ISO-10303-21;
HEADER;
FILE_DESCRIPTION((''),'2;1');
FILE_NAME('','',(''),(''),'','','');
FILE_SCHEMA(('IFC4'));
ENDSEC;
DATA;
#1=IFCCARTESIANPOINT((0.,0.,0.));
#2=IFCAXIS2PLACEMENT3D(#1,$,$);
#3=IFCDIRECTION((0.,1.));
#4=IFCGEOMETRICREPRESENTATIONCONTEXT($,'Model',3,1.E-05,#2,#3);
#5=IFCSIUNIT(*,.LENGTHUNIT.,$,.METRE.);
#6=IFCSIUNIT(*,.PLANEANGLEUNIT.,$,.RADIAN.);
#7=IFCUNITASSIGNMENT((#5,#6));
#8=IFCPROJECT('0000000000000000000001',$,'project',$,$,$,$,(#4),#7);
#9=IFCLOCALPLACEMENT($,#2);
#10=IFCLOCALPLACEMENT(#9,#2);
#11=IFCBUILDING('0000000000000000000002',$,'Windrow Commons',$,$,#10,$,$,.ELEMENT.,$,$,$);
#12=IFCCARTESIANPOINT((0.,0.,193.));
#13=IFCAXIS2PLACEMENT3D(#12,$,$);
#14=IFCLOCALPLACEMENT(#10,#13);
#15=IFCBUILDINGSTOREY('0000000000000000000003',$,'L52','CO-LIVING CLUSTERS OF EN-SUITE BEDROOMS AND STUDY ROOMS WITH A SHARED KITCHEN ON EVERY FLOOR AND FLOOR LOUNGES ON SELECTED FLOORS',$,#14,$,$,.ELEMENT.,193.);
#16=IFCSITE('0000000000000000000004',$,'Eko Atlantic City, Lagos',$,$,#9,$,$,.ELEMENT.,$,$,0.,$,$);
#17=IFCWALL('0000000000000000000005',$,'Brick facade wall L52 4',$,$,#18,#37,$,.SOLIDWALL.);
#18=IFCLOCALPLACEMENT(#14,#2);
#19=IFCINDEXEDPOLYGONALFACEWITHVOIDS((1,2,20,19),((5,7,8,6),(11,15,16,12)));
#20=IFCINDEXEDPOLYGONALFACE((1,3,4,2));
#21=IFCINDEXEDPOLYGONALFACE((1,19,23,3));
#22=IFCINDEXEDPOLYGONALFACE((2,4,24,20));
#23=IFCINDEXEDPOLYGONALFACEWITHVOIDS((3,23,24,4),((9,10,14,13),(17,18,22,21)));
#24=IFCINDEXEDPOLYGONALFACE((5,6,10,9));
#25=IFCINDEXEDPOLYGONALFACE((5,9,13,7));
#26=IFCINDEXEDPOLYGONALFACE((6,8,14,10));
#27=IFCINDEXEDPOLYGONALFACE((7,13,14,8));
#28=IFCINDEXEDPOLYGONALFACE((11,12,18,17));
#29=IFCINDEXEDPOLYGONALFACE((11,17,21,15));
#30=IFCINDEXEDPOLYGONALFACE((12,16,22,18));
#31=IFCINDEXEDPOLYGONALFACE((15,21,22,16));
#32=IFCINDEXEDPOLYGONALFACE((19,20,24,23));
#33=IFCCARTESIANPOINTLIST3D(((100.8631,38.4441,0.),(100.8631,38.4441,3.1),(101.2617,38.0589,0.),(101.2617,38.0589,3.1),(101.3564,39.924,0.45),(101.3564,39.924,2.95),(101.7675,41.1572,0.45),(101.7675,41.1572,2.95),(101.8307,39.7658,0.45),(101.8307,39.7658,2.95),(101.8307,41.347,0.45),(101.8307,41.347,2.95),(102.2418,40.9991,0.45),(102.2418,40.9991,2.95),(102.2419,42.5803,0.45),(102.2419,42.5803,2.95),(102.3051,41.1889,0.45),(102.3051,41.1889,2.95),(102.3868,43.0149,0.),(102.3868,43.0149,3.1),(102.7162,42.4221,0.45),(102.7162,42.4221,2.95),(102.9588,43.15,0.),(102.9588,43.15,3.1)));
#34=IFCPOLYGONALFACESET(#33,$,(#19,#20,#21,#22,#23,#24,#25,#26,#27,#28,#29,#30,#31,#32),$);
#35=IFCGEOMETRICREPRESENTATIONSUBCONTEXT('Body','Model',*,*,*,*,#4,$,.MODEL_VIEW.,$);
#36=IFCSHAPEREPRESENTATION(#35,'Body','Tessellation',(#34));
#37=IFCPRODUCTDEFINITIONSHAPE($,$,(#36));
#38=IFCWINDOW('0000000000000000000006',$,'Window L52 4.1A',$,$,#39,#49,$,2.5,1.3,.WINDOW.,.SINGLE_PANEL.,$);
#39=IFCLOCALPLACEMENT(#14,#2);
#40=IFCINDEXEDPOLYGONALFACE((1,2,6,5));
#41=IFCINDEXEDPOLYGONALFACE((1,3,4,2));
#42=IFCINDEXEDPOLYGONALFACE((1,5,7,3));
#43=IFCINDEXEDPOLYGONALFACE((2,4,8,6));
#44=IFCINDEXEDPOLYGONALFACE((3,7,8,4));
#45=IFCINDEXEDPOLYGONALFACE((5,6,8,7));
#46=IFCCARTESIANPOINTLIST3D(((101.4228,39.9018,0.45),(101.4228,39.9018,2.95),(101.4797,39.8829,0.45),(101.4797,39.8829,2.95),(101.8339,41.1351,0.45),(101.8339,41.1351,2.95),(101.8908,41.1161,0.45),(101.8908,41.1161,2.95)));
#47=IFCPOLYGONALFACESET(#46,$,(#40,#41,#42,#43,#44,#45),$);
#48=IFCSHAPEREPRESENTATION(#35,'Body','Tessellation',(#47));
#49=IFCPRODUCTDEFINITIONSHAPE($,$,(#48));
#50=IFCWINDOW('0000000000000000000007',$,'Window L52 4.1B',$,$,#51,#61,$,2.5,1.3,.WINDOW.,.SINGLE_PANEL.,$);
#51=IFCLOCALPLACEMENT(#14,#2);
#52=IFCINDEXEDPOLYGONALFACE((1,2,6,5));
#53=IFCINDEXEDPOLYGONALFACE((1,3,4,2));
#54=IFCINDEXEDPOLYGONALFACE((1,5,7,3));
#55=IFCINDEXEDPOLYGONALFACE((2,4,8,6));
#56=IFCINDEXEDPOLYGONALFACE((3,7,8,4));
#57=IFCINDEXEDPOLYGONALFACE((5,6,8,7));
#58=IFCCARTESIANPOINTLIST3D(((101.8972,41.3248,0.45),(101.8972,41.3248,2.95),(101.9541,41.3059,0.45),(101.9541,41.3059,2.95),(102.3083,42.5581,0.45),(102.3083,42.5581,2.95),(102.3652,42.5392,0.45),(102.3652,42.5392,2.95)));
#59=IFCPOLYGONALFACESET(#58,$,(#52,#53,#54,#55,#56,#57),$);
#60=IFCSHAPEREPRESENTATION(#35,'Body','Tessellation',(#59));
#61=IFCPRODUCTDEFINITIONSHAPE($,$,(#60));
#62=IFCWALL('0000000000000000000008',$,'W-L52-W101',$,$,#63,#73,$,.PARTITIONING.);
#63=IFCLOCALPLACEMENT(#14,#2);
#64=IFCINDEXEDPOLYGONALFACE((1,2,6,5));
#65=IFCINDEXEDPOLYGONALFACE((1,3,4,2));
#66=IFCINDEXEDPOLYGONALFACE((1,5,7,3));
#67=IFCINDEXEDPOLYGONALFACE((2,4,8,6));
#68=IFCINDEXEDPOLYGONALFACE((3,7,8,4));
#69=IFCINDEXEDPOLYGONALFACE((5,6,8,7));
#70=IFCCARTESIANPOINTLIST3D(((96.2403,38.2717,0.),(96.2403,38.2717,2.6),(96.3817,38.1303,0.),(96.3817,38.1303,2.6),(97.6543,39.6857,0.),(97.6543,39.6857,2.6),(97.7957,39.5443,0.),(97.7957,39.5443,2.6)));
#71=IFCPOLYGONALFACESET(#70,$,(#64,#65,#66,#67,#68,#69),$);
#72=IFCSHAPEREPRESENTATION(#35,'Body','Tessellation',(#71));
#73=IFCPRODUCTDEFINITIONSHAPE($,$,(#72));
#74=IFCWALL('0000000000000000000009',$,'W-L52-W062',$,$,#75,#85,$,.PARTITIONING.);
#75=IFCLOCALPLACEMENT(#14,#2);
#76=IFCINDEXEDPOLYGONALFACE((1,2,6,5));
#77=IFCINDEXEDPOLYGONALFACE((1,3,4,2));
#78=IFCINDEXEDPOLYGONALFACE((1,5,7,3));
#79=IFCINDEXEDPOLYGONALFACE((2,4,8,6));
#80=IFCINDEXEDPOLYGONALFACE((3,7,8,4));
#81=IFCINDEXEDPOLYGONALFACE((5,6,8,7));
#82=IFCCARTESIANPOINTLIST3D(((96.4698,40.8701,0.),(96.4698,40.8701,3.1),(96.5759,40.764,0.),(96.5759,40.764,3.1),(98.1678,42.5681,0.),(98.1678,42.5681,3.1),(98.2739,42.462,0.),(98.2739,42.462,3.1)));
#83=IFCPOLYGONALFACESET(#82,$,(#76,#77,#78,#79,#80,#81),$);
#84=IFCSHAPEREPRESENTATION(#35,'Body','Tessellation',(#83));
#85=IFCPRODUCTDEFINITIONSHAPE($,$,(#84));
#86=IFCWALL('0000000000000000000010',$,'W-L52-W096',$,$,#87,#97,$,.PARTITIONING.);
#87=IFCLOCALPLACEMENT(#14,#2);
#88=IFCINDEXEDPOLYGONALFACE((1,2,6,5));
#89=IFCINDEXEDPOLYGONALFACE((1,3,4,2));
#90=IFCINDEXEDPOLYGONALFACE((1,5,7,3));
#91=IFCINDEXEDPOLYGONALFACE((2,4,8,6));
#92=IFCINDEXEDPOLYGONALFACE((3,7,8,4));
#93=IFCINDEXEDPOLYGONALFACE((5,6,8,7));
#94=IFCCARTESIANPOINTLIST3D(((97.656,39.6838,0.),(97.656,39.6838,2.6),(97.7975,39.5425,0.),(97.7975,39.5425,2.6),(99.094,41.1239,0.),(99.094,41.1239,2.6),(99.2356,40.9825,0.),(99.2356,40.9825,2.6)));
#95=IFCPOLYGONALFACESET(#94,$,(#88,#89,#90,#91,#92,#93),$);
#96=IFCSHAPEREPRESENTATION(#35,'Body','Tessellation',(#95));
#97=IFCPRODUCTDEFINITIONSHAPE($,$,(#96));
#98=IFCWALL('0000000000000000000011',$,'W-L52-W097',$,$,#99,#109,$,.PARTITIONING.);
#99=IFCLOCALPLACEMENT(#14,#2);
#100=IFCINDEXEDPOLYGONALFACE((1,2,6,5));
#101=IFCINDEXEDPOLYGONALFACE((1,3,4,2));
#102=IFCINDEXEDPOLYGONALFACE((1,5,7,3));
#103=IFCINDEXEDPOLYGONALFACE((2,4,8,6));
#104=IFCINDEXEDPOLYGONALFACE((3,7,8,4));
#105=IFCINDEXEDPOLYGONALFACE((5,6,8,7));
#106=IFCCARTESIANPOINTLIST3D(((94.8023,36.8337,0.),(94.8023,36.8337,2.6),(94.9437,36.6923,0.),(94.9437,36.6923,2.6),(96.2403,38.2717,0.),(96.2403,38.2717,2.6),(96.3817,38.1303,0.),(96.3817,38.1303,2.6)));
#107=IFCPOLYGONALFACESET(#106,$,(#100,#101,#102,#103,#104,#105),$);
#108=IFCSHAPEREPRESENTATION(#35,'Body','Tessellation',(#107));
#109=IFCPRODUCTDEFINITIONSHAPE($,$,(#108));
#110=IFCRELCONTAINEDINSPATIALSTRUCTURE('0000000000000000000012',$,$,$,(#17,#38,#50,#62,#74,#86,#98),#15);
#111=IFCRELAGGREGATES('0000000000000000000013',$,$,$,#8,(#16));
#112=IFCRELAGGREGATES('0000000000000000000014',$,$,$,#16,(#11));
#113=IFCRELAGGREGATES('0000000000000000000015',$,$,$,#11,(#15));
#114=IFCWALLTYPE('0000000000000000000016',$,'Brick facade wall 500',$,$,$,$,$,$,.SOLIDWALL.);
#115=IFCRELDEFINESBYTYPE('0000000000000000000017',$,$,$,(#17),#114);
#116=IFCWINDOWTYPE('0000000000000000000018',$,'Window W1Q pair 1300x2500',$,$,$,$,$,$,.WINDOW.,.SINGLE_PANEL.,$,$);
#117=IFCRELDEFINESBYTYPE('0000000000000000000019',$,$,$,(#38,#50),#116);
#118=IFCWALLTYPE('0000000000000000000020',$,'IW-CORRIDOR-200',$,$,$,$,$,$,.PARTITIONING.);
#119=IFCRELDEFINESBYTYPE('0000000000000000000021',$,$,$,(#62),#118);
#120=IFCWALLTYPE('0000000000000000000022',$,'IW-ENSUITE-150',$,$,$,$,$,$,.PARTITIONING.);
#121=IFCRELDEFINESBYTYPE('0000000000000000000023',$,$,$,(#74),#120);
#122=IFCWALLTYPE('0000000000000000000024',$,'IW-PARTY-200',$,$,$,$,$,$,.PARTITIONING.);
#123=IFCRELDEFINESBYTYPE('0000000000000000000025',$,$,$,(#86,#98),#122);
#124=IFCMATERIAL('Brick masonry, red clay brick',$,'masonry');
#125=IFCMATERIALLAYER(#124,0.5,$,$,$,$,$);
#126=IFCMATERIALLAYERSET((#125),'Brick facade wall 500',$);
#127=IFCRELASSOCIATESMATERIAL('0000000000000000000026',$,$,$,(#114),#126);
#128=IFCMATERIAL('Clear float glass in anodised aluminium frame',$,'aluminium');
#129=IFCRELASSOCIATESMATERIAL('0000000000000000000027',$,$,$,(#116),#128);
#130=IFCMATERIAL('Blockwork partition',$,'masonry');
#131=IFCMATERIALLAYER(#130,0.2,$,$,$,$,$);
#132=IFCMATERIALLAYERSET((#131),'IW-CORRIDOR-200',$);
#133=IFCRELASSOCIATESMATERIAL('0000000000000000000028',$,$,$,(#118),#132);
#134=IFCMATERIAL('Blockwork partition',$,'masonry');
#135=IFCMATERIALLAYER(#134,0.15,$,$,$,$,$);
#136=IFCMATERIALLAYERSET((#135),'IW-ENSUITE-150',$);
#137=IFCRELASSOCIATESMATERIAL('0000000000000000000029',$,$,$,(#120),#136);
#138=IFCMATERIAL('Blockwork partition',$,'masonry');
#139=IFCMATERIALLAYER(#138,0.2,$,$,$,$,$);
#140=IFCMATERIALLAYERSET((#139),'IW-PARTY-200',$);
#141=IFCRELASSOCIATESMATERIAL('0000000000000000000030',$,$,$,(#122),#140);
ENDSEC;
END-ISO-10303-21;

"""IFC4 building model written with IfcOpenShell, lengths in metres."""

from ifc_helpers import new_model, si_unit, direction, frame, frame_2d, origin, place, context, subcontext, project, spatial, polyline, rectangle, outline, extrude, material, layer, layer_set, type_object, element, fill, save


model = new_model("IFC4")

# Units and contexts
model_context = context("Model", 3, precision=1e-05, world=origin(), true_north=direction((0.0, 1.0)))
body_context = subcontext(model_context, "Body", "Model", "MODEL_VIEW")
ifc_project = project(units=[si_unit("LENGTHUNIT", "METRE"), si_unit("PLANEANGLEUNIT", "RADIAN")], contexts=[model_context])

# Site, building, storey
site_placement = place(None, origin())
site = spatial("IfcSite", under=ifc_project, at=site_placement, Name="Eko Atlantic City, Lagos", CompositionType="ELEMENT", RefElevation=0.0)
building_placement = place(site_placement, origin())
building = spatial("IfcBuilding", under=site, at=building_placement, Name="Windrow Commons", CompositionType="ELEMENT")
storey_placement = place(building_placement, frame((0.0, 0.0, 193.0)))
storey = spatial("IfcBuildingStorey", under=building, at=storey_placement, Name="L52", Description="CO-LIVING CLUSTERS OF EN-SUITE BEDROOMS AND STUDY ROOMS WITH A SHARED KITCHEN ON EVERY FLOOR AND FLOOR LOUNGES ON SELECTED FLOORS", CompositionType="ELEMENT", Elevation=193.0)

# Wall, openings, windows
ifc_material_1 = material(Name="Brick masonry, red clay brick", Category="masonry")
ifc_layer_1 = layer(ifc_material_1, 0.5)
ifc_layer_set_1 = layer_set([ifc_layer_1], Name="Brick facade wall 500")
wall_type_1 = type_object("IfcWallType", Name="Brick facade wall 500", PredefinedType="SOLIDWALL", material=ifc_layer_set_1)
ifc_material_2 = material(Name="Clear float glass in anodised aluminium frame", Category="aluminium")
window_type = type_object("IfcWindowType", Name="Window W1Q pair 1300x2500", PartitioningType="SINGLE_PANEL", PredefinedType="WINDOW", material=ifc_material_2)
wall_1_placement = place(storey_placement, frame((101.0624, 38.2515, 0.0), z_axis=(0.0, 0.0, 1.0), x_axis=(0.31624, 0.948679, 0.0)))
wall_1 = element("IfcWall", 1, at=wall_1_placement, inside=storey, type_object=wall_type_1, Name="Brick facade wall L52 4", PredefinedType="SOLIDWALL", context=body_context, shape_type="SweptSolid", body=[
    extrude(outline(polyline([(-0.1197, -0.25), (5.2468, -0.25), (4.9378, 0.25), (0.1197, 0.25), (-0.1197, -0.25)])), origin(), (0.0, 0.0, 1.0), 3.1),
])
opening_1_placement = place(wall_1_placement, frame((1.6796, 0.0, 0.45)))
opening_1 = element("IfcOpeningElement", 2, at=opening_1_placement, cuts=wall_1, PredefinedType="OPENING", context=body_context, shape_type="SweptSolid", body=[
    extrude(rectangle(XDim=1.3, YDim=2.5, at=frame_2d((0.65, 1.25))), frame((0.0, 0.26, 0.0), z_axis=(0.0, -1.0, 0.0), x_axis=(1.0, 0.0, 0.0)), (0.0, 0.0, 1.0), 0.52),
])
opening_2_placement = place(wall_1_placement, frame((3.1796, 0.0, 0.45)))
opening_2 = element("IfcOpeningElement", 3, at=opening_2_placement, cuts=wall_1, PredefinedType="OPENING", context=body_context, shape_type="SweptSolid", body=[
    extrude(rectangle(XDim=1.3, YDim=2.5, at=frame_2d((0.65, 1.25))), frame((0.0, 0.26, 0.0), z_axis=(0.0, -1.0, 0.0), x_axis=(1.0, 0.0, 0.0)), (0.0, 0.0, 1.0), 0.52),
])
window_1_placement = place(opening_1_placement, origin())
window_1 = element("IfcWindow", 4, at=window_1_placement, inside=storey, type_object=window_type, Name="Window L52 4.1A", OverallHeight=2.5, OverallWidth=1.3, PartitioningType="SINGLE_PANEL", PredefinedType="WINDOW", context=body_context, shape_type="SweptSolid", body=[
    extrude(rectangle(XDim=1.3, YDim=2.5, at=frame_2d((0.65, 1.25))), frame((0.0, 0.18, 0.0), z_axis=(0.0, -1.0, 0.0), x_axis=(1.0, 0.0, 0.0)), (0.0, 0.0, 1.0), 0.06),
])
fill(opening_1, window_1)
window_2_placement = place(opening_2_placement, origin())
window_2 = element("IfcWindow", 5, at=window_2_placement, inside=storey, type_object=window_type, Name="Window L52 4.1B", OverallHeight=2.5, OverallWidth=1.3, PartitioningType="SINGLE_PANEL", PredefinedType="WINDOW", context=body_context, shape_type="SweptSolid", body=[
    extrude(rectangle(XDim=1.3, YDim=2.5, at=frame_2d((0.65, 1.25))), frame((0.0, 0.18, 0.0), z_axis=(0.0, -1.0, 0.0), x_axis=(1.0, 0.0, 0.0)), (0.0, 0.0, 1.0), 0.06),
])
fill(opening_2, window_2)

# Walls
ifc_material_3 = material(Name="Blockwork partition", Category="masonry")
ifc_layer_2 = layer(ifc_material_3, 0.2)
ifc_layer_set_2 = layer_set([ifc_layer_2], Name="IW-CORRIDOR-200")
wall_type_2 = type_object("IfcWallType", Name="IW-CORRIDOR-200", PredefinedType="PARTITIONING", material=ifc_layer_set_2)
wall_2_placement = place(storey_placement, frame((96.311, 38.201, 0.0), z_axis=(0.0, 0.0, 1.0), x_axis=(0.707107, 0.707107, 0.0)))
element("IfcWall", 6, at=wall_2_placement, inside=storey, type_object=wall_type_2, Name="W-L52-W101", PredefinedType="PARTITIONING", context=body_context, shape_type="SweptSolid", body=[
    extrude(rectangle(XDim=1.9997, YDim=0.2, at=frame_2d((0.9999, 0.0))), origin(), (0.0, 0.0, 1.0), 2.6),
])
ifc_material_4 = material(Name="Blockwork partition", Category="masonry")
ifc_layer_3 = layer(ifc_material_4, 0.15)
ifc_layer_set_3 = layer_set([ifc_layer_3], Name="IW-ENSUITE-150")
wall_type_3 = type_object("IfcWallType", Name="IW-ENSUITE-150", PredefinedType="PARTITIONING", material=ifc_layer_set_3)
wall_3_placement = place(storey_placement, frame((96.5229, 40.8171, 0.0), z_axis=(0.0, 0.0, 1.0), x_axis=(0.707107, 0.707107, 0.0)))
element("IfcWall", 7, at=wall_3_placement, inside=storey, type_object=wall_type_3, Name="W-L52-W062", PredefinedType="PARTITIONING", context=body_context, shape_type="SweptSolid", body=[
    extrude(rectangle(XDim=2.4013, YDim=0.15, at=frame_2d((1.2006, 0.0))), origin(), (0.0, 0.0, 1.0), 3.1),
])
ifc_material_5 = material(Name="Blockwork partition", Category="masonry")
ifc_layer_4 = layer(ifc_material_5, 0.2)
ifc_layer_set_4 = layer_set([ifc_layer_4], Name="IW-PARTY-200")
wall_type_4 = type_object("IfcWallType", Name="IW-PARTY-200", PredefinedType="PARTITIONING", material=ifc_layer_set_4)
wall_4_placement = place(storey_placement, frame((97.7268, 39.6132, 0.0), z_axis=(0.0, 0.0, 1.0), x_axis=(0.706615, 0.707598, 0.0)))
element("IfcWall", 8, at=wall_4_placement, inside=storey, type_object=wall_type_4, Name="W-L52-W096", PredefinedType="PARTITIONING", context=body_context, shape_type="SweptSolid", body=[
    extrude(rectangle(XDim=2.0351, YDim=0.2, at=frame_2d((1.0175, 0.0))), origin(), (0.0, 0.0, 1.0), 2.6),
])
wall_5_placement = place(storey_placement, frame((94.873, 36.763, 0.0), z_axis=(0.0, 0.0, 1.0), x_axis=(0.707107, 0.707107, 0.0)))
element("IfcWall", 9, at=wall_5_placement, inside=storey, type_object=wall_type_4, Name="W-L52-W097", PredefinedType="PARTITIONING", context=body_context, shape_type="SweptSolid", body=[
    extrude(rectangle(XDim=2.0336, YDim=0.2, at=frame_2d((1.0168, 0.0))), origin(), (0.0, 0.0, 1.0), 2.6),
])

save(model, "model.ifc")
